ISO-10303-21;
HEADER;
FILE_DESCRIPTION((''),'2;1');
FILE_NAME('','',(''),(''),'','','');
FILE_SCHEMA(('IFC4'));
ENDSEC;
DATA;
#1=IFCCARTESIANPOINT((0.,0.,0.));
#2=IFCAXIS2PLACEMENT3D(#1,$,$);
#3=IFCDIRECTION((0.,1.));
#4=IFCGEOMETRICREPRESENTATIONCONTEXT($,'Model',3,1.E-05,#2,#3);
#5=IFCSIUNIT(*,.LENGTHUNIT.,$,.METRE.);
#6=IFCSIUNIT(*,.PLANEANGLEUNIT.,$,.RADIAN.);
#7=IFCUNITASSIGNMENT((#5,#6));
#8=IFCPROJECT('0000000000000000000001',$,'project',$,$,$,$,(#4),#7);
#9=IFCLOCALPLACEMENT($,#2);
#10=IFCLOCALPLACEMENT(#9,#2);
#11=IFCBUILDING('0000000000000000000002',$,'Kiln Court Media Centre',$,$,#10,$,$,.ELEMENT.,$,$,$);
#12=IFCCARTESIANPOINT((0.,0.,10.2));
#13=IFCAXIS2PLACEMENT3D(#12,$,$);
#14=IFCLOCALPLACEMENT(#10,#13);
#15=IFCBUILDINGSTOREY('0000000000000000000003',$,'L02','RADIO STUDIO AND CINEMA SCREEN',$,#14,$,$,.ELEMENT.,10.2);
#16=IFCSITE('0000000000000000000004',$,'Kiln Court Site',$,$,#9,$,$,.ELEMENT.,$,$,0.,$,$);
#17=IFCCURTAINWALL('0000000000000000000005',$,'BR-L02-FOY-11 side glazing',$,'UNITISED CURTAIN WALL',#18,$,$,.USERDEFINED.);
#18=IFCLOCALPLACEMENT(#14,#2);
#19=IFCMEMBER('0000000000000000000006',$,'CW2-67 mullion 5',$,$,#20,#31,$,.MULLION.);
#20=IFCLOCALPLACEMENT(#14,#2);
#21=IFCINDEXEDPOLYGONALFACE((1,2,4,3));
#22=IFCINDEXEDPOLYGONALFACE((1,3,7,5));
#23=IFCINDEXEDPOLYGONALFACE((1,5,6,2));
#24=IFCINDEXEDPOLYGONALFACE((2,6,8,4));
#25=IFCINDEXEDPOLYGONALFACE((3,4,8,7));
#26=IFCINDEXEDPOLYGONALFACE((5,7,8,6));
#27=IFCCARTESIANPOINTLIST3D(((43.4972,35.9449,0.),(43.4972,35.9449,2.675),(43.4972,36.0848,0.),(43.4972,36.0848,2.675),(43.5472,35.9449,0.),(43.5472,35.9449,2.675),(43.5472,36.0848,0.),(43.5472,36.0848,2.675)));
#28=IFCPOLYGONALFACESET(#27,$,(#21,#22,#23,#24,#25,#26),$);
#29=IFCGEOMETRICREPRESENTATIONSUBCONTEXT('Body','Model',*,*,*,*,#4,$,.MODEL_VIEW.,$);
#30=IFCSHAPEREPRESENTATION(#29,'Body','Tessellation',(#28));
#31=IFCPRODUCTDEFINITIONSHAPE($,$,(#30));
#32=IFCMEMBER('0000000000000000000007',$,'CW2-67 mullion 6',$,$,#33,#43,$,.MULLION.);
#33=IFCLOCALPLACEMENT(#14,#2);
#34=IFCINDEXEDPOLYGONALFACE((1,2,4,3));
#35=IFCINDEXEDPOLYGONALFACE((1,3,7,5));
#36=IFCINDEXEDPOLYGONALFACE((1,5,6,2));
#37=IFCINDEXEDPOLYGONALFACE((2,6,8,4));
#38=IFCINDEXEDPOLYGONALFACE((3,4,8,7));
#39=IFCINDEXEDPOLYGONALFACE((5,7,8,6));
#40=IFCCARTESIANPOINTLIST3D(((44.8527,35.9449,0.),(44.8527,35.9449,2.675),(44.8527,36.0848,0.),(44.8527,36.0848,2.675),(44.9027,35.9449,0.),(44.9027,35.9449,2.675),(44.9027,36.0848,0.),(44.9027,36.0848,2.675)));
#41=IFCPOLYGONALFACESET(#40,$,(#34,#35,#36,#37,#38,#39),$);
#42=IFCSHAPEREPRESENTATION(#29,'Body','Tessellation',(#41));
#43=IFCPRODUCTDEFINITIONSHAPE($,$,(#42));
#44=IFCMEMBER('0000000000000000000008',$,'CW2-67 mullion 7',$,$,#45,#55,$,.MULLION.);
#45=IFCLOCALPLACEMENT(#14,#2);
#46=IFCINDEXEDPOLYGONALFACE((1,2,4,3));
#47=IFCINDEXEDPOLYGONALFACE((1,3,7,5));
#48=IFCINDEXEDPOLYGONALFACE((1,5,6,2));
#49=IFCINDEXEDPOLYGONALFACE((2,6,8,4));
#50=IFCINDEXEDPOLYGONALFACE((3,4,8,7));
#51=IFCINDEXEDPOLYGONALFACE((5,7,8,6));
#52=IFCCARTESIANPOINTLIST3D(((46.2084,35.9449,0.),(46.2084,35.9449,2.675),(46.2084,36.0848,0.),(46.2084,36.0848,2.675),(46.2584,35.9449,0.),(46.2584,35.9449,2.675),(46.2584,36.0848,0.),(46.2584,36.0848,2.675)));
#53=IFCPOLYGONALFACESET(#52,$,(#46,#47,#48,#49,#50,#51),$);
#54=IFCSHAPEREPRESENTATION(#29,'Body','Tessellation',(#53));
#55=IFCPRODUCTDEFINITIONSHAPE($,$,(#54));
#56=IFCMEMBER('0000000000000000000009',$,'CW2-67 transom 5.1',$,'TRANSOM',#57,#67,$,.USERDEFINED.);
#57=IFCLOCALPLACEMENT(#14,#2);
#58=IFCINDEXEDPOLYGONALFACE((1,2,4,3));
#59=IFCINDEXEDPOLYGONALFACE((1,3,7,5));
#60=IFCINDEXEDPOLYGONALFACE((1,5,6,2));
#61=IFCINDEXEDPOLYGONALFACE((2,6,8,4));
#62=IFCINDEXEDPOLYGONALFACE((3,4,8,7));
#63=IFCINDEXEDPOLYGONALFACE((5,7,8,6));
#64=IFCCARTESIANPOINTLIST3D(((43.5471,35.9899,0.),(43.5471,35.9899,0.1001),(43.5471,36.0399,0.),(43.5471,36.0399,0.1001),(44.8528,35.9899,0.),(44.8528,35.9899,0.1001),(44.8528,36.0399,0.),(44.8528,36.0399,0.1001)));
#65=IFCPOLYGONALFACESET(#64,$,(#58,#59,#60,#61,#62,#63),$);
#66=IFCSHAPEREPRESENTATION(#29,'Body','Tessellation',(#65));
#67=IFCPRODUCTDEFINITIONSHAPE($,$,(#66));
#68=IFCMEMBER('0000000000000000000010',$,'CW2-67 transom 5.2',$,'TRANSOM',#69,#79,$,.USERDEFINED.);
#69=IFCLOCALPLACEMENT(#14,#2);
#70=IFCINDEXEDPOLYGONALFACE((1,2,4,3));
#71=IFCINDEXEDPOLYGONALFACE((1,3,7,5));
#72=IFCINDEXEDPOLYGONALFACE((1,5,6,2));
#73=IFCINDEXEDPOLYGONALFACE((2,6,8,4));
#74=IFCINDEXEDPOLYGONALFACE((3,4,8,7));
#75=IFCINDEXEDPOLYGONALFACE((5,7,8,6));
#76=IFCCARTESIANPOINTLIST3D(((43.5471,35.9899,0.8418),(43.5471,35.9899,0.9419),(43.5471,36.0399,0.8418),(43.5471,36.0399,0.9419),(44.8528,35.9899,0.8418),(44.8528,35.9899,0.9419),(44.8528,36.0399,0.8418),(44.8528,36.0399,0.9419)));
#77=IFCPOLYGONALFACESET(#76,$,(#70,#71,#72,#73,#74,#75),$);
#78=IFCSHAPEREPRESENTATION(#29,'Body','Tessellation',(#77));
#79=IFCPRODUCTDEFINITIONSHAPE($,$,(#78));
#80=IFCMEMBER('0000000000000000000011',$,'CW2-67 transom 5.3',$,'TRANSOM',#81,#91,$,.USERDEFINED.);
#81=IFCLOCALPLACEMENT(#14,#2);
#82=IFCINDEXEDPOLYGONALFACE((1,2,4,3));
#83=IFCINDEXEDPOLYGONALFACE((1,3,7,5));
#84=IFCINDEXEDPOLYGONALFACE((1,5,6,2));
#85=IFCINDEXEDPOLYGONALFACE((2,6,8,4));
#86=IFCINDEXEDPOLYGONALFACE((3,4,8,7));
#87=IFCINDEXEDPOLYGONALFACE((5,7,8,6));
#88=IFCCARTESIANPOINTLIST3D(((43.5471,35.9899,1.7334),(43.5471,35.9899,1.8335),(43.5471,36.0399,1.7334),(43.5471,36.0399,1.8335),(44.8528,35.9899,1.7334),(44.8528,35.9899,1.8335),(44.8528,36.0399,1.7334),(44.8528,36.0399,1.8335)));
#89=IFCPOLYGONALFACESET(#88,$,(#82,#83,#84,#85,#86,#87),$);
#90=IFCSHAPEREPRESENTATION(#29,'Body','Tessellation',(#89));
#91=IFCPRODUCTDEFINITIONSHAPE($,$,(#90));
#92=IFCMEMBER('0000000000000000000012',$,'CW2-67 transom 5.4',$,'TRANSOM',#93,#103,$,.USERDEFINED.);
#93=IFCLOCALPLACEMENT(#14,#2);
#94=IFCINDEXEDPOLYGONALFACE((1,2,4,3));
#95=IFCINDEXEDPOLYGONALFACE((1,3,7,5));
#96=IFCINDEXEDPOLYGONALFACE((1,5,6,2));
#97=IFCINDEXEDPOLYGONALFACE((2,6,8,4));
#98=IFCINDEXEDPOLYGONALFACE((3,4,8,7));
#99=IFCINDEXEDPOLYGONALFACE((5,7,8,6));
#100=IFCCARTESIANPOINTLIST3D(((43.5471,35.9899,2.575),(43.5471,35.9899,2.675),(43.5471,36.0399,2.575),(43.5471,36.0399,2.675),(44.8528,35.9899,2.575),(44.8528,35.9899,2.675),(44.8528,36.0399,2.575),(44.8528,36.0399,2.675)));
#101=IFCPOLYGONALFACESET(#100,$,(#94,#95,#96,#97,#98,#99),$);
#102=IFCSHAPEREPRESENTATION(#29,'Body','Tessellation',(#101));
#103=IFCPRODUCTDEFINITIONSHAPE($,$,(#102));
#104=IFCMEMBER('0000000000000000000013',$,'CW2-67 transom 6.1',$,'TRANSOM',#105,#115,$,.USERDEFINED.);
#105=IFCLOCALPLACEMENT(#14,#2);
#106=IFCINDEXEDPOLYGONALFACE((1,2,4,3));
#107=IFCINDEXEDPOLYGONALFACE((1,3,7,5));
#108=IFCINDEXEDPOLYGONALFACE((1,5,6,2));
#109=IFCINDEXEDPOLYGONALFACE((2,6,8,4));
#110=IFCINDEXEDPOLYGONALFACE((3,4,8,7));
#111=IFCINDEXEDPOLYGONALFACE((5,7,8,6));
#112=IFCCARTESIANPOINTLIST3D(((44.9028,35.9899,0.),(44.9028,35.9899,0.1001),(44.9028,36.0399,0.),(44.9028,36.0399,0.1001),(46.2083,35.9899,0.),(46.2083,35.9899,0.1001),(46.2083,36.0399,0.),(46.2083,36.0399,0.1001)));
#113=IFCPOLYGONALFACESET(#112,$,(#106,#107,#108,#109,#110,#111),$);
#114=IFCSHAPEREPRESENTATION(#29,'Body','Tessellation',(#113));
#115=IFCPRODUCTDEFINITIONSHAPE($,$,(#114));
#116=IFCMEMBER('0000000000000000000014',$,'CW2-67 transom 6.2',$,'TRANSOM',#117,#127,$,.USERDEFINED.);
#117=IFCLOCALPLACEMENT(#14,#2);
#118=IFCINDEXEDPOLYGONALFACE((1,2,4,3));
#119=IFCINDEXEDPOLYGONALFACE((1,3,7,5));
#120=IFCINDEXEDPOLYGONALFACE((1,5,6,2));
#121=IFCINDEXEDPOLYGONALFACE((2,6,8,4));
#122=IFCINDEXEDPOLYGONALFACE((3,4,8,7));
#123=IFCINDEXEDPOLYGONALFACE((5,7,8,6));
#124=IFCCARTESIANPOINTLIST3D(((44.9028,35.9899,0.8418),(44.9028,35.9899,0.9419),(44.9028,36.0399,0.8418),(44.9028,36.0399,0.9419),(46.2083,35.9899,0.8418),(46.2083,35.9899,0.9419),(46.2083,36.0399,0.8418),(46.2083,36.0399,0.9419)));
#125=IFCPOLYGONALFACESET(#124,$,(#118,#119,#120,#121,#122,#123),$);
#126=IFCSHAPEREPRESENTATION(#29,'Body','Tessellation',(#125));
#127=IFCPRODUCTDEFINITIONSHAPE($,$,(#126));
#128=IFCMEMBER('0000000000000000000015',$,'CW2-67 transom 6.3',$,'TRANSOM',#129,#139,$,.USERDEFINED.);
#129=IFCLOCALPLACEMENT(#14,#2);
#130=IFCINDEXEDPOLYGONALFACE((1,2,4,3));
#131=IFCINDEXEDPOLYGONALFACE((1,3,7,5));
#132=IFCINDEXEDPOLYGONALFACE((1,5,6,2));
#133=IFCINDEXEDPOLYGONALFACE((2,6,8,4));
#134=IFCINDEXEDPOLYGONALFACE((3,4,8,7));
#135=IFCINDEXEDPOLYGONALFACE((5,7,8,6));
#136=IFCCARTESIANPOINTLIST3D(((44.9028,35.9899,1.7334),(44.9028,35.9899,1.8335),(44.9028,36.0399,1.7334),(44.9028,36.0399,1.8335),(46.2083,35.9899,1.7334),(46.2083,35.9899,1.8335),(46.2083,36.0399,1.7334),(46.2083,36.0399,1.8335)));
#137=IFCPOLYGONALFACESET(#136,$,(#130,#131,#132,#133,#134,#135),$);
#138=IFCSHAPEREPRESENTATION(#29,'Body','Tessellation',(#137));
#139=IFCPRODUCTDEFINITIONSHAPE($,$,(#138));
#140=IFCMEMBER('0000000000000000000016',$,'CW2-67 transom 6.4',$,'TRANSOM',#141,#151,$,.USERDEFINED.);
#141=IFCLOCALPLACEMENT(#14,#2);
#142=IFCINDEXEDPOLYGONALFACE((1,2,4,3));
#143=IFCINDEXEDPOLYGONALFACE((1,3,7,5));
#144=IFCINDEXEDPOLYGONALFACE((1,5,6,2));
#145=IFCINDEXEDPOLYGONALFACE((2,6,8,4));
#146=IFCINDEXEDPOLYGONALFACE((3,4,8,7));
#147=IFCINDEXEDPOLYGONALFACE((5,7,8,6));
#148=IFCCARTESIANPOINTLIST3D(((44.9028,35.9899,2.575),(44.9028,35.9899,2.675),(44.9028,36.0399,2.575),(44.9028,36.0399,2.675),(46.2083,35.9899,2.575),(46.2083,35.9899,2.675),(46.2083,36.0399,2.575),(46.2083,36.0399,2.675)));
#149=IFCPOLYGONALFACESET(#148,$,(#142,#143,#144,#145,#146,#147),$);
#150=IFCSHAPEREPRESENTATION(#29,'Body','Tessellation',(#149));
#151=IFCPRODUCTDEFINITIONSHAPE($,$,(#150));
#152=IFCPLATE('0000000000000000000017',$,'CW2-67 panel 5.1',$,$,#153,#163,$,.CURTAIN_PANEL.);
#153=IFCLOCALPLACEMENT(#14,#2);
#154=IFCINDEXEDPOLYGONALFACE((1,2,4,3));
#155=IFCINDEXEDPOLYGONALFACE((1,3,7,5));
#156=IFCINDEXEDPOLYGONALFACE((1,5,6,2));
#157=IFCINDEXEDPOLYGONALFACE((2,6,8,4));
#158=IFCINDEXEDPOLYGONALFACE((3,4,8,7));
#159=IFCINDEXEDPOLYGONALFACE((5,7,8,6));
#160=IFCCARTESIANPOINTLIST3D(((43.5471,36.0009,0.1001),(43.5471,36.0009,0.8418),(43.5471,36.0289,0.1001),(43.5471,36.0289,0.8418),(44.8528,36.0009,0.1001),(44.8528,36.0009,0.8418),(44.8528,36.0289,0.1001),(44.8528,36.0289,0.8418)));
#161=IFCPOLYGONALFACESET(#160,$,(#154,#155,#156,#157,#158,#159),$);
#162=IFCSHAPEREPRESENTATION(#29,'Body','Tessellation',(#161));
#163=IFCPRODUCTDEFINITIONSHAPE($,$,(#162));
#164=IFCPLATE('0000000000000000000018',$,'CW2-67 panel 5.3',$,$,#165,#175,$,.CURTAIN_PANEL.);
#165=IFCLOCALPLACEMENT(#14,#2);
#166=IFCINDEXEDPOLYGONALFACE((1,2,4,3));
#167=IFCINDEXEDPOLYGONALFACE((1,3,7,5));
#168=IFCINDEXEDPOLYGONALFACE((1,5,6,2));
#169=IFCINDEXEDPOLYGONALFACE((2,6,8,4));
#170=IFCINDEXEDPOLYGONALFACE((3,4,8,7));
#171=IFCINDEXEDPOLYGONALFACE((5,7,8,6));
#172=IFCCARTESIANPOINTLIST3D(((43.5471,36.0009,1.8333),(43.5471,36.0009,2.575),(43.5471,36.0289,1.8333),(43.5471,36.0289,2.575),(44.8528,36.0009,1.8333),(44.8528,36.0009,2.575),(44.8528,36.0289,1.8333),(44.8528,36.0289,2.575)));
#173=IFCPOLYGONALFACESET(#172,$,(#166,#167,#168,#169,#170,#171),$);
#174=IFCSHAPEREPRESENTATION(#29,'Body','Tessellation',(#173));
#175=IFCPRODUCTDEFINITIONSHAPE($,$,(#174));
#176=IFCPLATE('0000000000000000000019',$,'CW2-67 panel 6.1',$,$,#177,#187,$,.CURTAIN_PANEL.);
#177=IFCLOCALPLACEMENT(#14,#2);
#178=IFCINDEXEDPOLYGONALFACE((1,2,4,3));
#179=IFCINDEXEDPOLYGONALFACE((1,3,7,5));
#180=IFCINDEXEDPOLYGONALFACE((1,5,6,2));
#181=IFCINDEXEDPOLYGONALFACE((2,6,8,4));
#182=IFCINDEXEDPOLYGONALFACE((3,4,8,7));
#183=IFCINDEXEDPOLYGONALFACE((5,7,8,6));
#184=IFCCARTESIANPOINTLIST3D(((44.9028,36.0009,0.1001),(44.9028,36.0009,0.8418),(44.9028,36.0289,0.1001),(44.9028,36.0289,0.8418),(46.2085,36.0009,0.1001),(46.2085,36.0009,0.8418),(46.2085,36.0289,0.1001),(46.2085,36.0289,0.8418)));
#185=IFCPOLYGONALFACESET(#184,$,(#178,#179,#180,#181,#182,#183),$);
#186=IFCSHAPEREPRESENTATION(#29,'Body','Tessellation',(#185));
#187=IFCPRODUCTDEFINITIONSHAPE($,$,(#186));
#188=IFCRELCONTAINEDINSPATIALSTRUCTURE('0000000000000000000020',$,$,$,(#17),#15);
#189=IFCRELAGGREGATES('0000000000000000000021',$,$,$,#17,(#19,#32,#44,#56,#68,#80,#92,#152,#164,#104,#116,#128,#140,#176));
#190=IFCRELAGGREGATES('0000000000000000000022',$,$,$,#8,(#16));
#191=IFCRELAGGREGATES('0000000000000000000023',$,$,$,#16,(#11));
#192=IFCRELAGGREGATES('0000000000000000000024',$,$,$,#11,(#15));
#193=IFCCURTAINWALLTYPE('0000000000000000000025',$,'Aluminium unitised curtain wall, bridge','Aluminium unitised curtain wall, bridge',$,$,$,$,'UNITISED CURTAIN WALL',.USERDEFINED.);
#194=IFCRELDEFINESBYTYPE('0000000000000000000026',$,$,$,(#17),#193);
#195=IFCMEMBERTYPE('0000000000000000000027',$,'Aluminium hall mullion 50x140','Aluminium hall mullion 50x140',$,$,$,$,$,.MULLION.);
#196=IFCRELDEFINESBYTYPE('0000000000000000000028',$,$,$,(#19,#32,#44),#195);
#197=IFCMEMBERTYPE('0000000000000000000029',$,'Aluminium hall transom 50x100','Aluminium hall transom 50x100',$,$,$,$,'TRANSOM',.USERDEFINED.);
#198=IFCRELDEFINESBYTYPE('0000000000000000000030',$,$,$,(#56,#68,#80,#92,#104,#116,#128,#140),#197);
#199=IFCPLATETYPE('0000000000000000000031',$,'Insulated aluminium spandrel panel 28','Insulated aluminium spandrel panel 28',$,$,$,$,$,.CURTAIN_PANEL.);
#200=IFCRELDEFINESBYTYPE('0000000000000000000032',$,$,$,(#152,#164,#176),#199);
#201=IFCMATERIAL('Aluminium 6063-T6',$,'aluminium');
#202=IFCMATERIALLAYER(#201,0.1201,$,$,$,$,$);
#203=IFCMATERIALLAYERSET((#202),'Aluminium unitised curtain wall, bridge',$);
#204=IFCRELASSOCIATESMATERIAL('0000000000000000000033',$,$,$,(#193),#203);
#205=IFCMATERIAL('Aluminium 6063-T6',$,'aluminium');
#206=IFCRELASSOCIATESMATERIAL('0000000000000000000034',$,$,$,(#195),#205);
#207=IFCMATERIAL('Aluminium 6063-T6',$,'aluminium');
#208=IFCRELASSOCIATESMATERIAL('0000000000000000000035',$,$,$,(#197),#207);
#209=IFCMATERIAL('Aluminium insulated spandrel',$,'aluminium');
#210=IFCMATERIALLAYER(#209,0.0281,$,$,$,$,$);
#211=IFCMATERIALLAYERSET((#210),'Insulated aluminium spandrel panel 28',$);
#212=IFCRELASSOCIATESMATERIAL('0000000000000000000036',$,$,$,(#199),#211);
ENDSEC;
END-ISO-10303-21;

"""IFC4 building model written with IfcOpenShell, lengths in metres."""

from ifc_helpers import new_model, si_unit, direction, frame, origin, origin_2d, place, context, subcontext, project, spatial, rectangle, extrude, material, layer, layer_set, material_profile, profile_set, type_object, element, aggregate, save


model = new_model("IFC4")

# Units and contexts
model_context = context("Model", 3, precision=1e-05, world=origin(), true_north=direction((0.0, 1.0)))
body_context = subcontext(model_context, "Body", "Model", "MODEL_VIEW")
ifc_project = project(units=[si_unit("LENGTHUNIT", "METRE"), si_unit("PLANEANGLEUNIT", "RADIAN")], contexts=[model_context])

# Site, building, storey
site_placement = place(None, origin())
site = spatial("IfcSite", under=ifc_project, at=site_placement, Name="Kiln Court Site", CompositionType="ELEMENT", RefElevation=0.0)
building_placement = place(site_placement, origin())
building = spatial("IfcBuilding", under=site, at=building_placement, Name="Kiln Court Media Centre", CompositionType="ELEMENT")
storey_placement = place(building_placement, frame((0.0, 0.0, 10.2)))
storey = spatial("IfcBuildingStorey", under=building, at=storey_placement, Name="L02", Description="RADIO STUDIO AND CINEMA SCREEN", CompositionType="ELEMENT", Elevation=10.2)

# Curtain wall, members, plates
ifc_material_1 = material(Name="Aluminium 6063-T6", Category="aluminium")
ifc_layer_1 = layer(ifc_material_1, 0.1201)
ifc_layer_set_1 = layer_set([ifc_layer_1], Name="Aluminium unitised curtain wall, bridge")
curtain_wall_type = type_object("IfcCurtainWallType", Name="Aluminium unitised curtain wall, bridge", Description="Aluminium unitised curtain wall, bridge", ElementType="UNITISED CURTAIN WALL", PredefinedType="USERDEFINED", material=ifc_layer_set_1)
curtain_wall_placement = place(storey_placement, origin())
curtain_wall = element("IfcCurtainWall", 1, at=curtain_wall_placement, inside=storey, type_object=curtain_wall_type, Name="BR-L02-FOY-11 side glazing", ObjectType="UNITISED CURTAIN WALL", PredefinedType="USERDEFINED")
ifc_material_2 = material(Name="Aluminium 6063-T6", Category="aluminium")
ifc_material_profile_1 = material_profile(ifc_material_2, rectangle(XDim=0.05, YDim=0.1399, at=origin_2d()), Name="Aluminium hall mullion 50x140")
ifc_profile_set_1 = profile_set([ifc_material_profile_1], Name="Aluminium 6063-T6")
member_type_1 = type_object("IfcMemberType", Name="Aluminium hall mullion 50x140", Description="Aluminium hall mullion 50x140", PredefinedType="MULLION", material=ifc_profile_set_1)
member_1_placement = place(storey_placement, frame((43.5222, 36.0149, 0.0), z_axis=(0.0, 0.0, 1.0), x_axis=(1.0, 0.0, 0.0)))
member_1 = element("IfcMember", 2, at=member_1_placement, type_object=member_type_1, Name="CW2-67 mullion 5", PredefinedType="MULLION", context=body_context, shape_type="SweptSolid", body=[
    extrude(rectangle(XDim=0.05, YDim=0.1399, at=origin_2d()), origin(), (0.0, 0.0, 1.0), 2.675),
])
member_2_placement = place(storey_placement, frame((44.8777, 36.0149, 0.0), z_axis=(0.0, 0.0, 1.0), x_axis=(1.0, 0.0, 0.0)))
member_2 = element("IfcMember", 3, at=member_2_placement, type_object=member_type_1, Name="CW2-67 mullion 6", PredefinedType="MULLION", context=body_context, shape_type="SweptSolid", body=[
    extrude(rectangle(XDim=0.05, YDim=0.1399, at=origin_2d()), origin(), (0.0, 0.0, 1.0), 2.675),
])
member_3_placement = place(storey_placement, frame((46.2334, 36.0149, 0.0), z_axis=(0.0, 0.0, 1.0), x_axis=(1.0, 0.0, 0.0)))
member_3 = element("IfcMember", 4, at=member_3_placement, type_object=member_type_1, Name="CW2-67 mullion 7", PredefinedType="MULLION", context=body_context, shape_type="SweptSolid", body=[
    extrude(rectangle(XDim=0.05, YDim=0.1399, at=origin_2d()), origin(), (0.0, 0.0, 1.0), 2.675),
])
ifc_material_3 = material(Name="Aluminium 6063-T6", Category="aluminium")
ifc_material_profile_2 = material_profile(ifc_material_3, rectangle(XDim=0.05, YDim=0.1001, at=origin_2d()), Name="Aluminium hall transom 50x100")
ifc_profile_set_2 = profile_set([ifc_material_profile_2], Name="Aluminium 6063-T6")
member_type_2 = type_object("IfcMemberType", Name="Aluminium hall transom 50x100", Description="Aluminium hall transom 50x100", ElementType="TRANSOM", PredefinedType="USERDEFINED", material=ifc_profile_set_2)
member_4_placement = place(storey_placement, frame((43.5471, 36.0149, 0.05), z_axis=(1.0, 0.0, 0.0), x_axis=(0.0, 1.0, 0.0)))
member_4 = element("IfcMember", 5, at=member_4_placement, type_object=member_type_2, Name="CW2-67 transom 5.1", ObjectType="TRANSOM", PredefinedType="USERDEFINED", context=body_context, shape_type="SweptSolid", body=[
    extrude(rectangle(XDim=0.05, YDim=0.1001, at=origin_2d()), origin(), (0.0, 0.0, 1.0), 1.3057),
])
member_5_placement = place(storey_placement, frame((43.5471, 36.0149, 0.8918), z_axis=(1.0, 0.0, 0.0), x_axis=(0.0, 1.0, 0.0)))
member_5 = element("IfcMember", 6, at=member_5_placement, type_object=member_type_2, Name="CW2-67 transom 5.2", ObjectType="TRANSOM", PredefinedType="USERDEFINED", context=body_context, shape_type="SweptSolid", body=[
    extrude(rectangle(XDim=0.05, YDim=0.1001, at=origin_2d()), origin(), (0.0, 0.0, 1.0), 1.3057),
])
member_6_placement = place(storey_placement, frame((43.5471, 36.0149, 1.7834), z_axis=(1.0, 0.0, 0.0), x_axis=(0.0, 1.0, 0.0)))
member_6 = element("IfcMember", 7, at=member_6_placement, type_object=member_type_2, Name="CW2-67 transom 5.3", ObjectType="TRANSOM", PredefinedType="USERDEFINED", context=body_context, shape_type="SweptSolid", body=[
    extrude(rectangle(XDim=0.05, YDim=0.1001, at=origin_2d()), origin(), (0.0, 0.0, 1.0), 1.3057),
])
member_7_placement = place(storey_placement, frame((43.5471, 36.0149, 2.625), z_axis=(1.0, 0.0, 0.0), x_axis=(0.0, 1.0, 0.0)))
member_7 = element("IfcMember", 8, at=member_7_placement, type_object=member_type_2, Name="CW2-67 transom 5.4", ObjectType="TRANSOM", PredefinedType="USERDEFINED", context=body_context, shape_type="SweptSolid", body=[
    extrude(rectangle(XDim=0.05, YDim=0.1001, at=origin_2d()), origin(), (0.0, 0.0, 1.0), 1.3057),
])
member_8_placement = place(storey_placement, frame((44.9028, 36.0149, 0.05), z_axis=(1.0, 0.0, 0.0), x_axis=(0.0, 1.0, 0.0)))
member_8 = element("IfcMember", 9, at=member_8_placement, type_object=member_type_2, Name="CW2-67 transom 6.1", ObjectType="TRANSOM", PredefinedType="USERDEFINED", context=body_context, shape_type="SweptSolid", body=[
    extrude(rectangle(XDim=0.05, YDim=0.1001, at=origin_2d()), origin(), (0.0, 0.0, 1.0), 1.3054),
])
member_9_placement = place(storey_placement, frame((44.9028, 36.0149, 0.8918), z_axis=(1.0, 0.0, 0.0), x_axis=(0.0, 1.0, 0.0)))
member_9 = element("IfcMember", 10, at=member_9_placement, type_object=member_type_2, Name="CW2-67 transom 6.2", ObjectType="TRANSOM", PredefinedType="USERDEFINED", context=body_context, shape_type="SweptSolid", body=[
    extrude(rectangle(XDim=0.05, YDim=0.1001, at=origin_2d()), origin(), (0.0, 0.0, 1.0), 1.3054),
])
member_10_placement = place(storey_placement, frame((44.9028, 36.0149, 1.7834), z_axis=(1.0, 0.0, 0.0), x_axis=(0.0, 1.0, 0.0)))
member_10 = element("IfcMember", 11, at=member_10_placement, type_object=member_type_2, Name="CW2-67 transom 6.3", ObjectType="TRANSOM", PredefinedType="USERDEFINED", context=body_context, shape_type="SweptSolid", body=[
    extrude(rectangle(XDim=0.05, YDim=0.1001, at=origin_2d()), origin(), (0.0, 0.0, 1.0), 1.3054),
])
member_11_placement = place(storey_placement, frame((44.9028, 36.0149, 2.625), z_axis=(1.0, 0.0, 0.0), x_axis=(0.0, 1.0, 0.0)))
member_11 = element("IfcMember", 12, at=member_11_placement, type_object=member_type_2, Name="CW2-67 transom 6.4", ObjectType="TRANSOM", PredefinedType="USERDEFINED", context=body_context, shape_type="SweptSolid", body=[
    extrude(rectangle(XDim=0.05, YDim=0.1001, at=origin_2d()), origin(), (0.0, 0.0, 1.0), 1.3054),
])
ifc_material_4 = material(Name="Aluminium insulated spandrel", Category="aluminium")
ifc_layer_2 = layer(ifc_material_4, 0.0281)
ifc_layer_set_2 = layer_set([ifc_layer_2], Name="Insulated aluminium spandrel panel 28")
plate_type_1 = type_object("IfcPlateType", Name="Insulated aluminium spandrel panel 28", Description="Insulated aluminium spandrel panel 28", PredefinedType="CURTAIN_PANEL", material=ifc_layer_set_2)
plate_1_placement = place(storey_placement, frame((44.2, 36.0149, 0.1001), z_axis=(0.0, 0.0, 1.0), x_axis=(1.0, 0.0, 0.0)))
plate_1 = element("IfcPlate", 13, at=plate_1_placement, type_object=plate_type_1, Name="CW2-67 panel 5.1", PredefinedType="CURTAIN_PANEL", context=body_context, shape_type="SweptSolid", body=[
    extrude(rectangle(XDim=1.3057, YDim=0.0281, at=origin_2d()), origin(), (0.0, 0.0, 1.0), 0.7417),
])
plate_2_placement = place(storey_placement, frame((44.2, 36.0149, 1.8333), z_axis=(0.0, 0.0, 1.0), x_axis=(1.0, 0.0, 0.0)))
plate_2 = element("IfcPlate", 14, at=plate_2_placement, type_object=plate_type_1, Name="CW2-67 panel 5.3", PredefinedType="CURTAIN_PANEL", context=body_context, shape_type="SweptSolid", body=[
    extrude(rectangle(XDim=1.3057, YDim=0.0281, at=origin_2d()), origin(), (0.0, 0.0, 1.0), 0.7417),
])
plate_3_placement = place(storey_placement, frame((45.5557, 36.0149, 0.1001), z_axis=(0.0, 0.0, 1.0), x_axis=(1.0, 0.0, 0.0)))
plate_3 = element("IfcPlate", 15, at=plate_3_placement, type_object=plate_type_1, Name="CW2-67 panel 6.1", PredefinedType="CURTAIN_PANEL", context=body_context, shape_type="SweptSolid", body=[
    extrude(rectangle(XDim=1.3057, YDim=0.0281, at=origin_2d()), origin(), (0.0, 0.0, 1.0), 0.7417),
])
aggregate(curtain_wall, [member_1, member_2, member_3, member_4, member_5, member_6, member_7, plate_1, plate_2, member_8, member_9, member_10, member_11, plate_3])

save(model, "model.ifc")
